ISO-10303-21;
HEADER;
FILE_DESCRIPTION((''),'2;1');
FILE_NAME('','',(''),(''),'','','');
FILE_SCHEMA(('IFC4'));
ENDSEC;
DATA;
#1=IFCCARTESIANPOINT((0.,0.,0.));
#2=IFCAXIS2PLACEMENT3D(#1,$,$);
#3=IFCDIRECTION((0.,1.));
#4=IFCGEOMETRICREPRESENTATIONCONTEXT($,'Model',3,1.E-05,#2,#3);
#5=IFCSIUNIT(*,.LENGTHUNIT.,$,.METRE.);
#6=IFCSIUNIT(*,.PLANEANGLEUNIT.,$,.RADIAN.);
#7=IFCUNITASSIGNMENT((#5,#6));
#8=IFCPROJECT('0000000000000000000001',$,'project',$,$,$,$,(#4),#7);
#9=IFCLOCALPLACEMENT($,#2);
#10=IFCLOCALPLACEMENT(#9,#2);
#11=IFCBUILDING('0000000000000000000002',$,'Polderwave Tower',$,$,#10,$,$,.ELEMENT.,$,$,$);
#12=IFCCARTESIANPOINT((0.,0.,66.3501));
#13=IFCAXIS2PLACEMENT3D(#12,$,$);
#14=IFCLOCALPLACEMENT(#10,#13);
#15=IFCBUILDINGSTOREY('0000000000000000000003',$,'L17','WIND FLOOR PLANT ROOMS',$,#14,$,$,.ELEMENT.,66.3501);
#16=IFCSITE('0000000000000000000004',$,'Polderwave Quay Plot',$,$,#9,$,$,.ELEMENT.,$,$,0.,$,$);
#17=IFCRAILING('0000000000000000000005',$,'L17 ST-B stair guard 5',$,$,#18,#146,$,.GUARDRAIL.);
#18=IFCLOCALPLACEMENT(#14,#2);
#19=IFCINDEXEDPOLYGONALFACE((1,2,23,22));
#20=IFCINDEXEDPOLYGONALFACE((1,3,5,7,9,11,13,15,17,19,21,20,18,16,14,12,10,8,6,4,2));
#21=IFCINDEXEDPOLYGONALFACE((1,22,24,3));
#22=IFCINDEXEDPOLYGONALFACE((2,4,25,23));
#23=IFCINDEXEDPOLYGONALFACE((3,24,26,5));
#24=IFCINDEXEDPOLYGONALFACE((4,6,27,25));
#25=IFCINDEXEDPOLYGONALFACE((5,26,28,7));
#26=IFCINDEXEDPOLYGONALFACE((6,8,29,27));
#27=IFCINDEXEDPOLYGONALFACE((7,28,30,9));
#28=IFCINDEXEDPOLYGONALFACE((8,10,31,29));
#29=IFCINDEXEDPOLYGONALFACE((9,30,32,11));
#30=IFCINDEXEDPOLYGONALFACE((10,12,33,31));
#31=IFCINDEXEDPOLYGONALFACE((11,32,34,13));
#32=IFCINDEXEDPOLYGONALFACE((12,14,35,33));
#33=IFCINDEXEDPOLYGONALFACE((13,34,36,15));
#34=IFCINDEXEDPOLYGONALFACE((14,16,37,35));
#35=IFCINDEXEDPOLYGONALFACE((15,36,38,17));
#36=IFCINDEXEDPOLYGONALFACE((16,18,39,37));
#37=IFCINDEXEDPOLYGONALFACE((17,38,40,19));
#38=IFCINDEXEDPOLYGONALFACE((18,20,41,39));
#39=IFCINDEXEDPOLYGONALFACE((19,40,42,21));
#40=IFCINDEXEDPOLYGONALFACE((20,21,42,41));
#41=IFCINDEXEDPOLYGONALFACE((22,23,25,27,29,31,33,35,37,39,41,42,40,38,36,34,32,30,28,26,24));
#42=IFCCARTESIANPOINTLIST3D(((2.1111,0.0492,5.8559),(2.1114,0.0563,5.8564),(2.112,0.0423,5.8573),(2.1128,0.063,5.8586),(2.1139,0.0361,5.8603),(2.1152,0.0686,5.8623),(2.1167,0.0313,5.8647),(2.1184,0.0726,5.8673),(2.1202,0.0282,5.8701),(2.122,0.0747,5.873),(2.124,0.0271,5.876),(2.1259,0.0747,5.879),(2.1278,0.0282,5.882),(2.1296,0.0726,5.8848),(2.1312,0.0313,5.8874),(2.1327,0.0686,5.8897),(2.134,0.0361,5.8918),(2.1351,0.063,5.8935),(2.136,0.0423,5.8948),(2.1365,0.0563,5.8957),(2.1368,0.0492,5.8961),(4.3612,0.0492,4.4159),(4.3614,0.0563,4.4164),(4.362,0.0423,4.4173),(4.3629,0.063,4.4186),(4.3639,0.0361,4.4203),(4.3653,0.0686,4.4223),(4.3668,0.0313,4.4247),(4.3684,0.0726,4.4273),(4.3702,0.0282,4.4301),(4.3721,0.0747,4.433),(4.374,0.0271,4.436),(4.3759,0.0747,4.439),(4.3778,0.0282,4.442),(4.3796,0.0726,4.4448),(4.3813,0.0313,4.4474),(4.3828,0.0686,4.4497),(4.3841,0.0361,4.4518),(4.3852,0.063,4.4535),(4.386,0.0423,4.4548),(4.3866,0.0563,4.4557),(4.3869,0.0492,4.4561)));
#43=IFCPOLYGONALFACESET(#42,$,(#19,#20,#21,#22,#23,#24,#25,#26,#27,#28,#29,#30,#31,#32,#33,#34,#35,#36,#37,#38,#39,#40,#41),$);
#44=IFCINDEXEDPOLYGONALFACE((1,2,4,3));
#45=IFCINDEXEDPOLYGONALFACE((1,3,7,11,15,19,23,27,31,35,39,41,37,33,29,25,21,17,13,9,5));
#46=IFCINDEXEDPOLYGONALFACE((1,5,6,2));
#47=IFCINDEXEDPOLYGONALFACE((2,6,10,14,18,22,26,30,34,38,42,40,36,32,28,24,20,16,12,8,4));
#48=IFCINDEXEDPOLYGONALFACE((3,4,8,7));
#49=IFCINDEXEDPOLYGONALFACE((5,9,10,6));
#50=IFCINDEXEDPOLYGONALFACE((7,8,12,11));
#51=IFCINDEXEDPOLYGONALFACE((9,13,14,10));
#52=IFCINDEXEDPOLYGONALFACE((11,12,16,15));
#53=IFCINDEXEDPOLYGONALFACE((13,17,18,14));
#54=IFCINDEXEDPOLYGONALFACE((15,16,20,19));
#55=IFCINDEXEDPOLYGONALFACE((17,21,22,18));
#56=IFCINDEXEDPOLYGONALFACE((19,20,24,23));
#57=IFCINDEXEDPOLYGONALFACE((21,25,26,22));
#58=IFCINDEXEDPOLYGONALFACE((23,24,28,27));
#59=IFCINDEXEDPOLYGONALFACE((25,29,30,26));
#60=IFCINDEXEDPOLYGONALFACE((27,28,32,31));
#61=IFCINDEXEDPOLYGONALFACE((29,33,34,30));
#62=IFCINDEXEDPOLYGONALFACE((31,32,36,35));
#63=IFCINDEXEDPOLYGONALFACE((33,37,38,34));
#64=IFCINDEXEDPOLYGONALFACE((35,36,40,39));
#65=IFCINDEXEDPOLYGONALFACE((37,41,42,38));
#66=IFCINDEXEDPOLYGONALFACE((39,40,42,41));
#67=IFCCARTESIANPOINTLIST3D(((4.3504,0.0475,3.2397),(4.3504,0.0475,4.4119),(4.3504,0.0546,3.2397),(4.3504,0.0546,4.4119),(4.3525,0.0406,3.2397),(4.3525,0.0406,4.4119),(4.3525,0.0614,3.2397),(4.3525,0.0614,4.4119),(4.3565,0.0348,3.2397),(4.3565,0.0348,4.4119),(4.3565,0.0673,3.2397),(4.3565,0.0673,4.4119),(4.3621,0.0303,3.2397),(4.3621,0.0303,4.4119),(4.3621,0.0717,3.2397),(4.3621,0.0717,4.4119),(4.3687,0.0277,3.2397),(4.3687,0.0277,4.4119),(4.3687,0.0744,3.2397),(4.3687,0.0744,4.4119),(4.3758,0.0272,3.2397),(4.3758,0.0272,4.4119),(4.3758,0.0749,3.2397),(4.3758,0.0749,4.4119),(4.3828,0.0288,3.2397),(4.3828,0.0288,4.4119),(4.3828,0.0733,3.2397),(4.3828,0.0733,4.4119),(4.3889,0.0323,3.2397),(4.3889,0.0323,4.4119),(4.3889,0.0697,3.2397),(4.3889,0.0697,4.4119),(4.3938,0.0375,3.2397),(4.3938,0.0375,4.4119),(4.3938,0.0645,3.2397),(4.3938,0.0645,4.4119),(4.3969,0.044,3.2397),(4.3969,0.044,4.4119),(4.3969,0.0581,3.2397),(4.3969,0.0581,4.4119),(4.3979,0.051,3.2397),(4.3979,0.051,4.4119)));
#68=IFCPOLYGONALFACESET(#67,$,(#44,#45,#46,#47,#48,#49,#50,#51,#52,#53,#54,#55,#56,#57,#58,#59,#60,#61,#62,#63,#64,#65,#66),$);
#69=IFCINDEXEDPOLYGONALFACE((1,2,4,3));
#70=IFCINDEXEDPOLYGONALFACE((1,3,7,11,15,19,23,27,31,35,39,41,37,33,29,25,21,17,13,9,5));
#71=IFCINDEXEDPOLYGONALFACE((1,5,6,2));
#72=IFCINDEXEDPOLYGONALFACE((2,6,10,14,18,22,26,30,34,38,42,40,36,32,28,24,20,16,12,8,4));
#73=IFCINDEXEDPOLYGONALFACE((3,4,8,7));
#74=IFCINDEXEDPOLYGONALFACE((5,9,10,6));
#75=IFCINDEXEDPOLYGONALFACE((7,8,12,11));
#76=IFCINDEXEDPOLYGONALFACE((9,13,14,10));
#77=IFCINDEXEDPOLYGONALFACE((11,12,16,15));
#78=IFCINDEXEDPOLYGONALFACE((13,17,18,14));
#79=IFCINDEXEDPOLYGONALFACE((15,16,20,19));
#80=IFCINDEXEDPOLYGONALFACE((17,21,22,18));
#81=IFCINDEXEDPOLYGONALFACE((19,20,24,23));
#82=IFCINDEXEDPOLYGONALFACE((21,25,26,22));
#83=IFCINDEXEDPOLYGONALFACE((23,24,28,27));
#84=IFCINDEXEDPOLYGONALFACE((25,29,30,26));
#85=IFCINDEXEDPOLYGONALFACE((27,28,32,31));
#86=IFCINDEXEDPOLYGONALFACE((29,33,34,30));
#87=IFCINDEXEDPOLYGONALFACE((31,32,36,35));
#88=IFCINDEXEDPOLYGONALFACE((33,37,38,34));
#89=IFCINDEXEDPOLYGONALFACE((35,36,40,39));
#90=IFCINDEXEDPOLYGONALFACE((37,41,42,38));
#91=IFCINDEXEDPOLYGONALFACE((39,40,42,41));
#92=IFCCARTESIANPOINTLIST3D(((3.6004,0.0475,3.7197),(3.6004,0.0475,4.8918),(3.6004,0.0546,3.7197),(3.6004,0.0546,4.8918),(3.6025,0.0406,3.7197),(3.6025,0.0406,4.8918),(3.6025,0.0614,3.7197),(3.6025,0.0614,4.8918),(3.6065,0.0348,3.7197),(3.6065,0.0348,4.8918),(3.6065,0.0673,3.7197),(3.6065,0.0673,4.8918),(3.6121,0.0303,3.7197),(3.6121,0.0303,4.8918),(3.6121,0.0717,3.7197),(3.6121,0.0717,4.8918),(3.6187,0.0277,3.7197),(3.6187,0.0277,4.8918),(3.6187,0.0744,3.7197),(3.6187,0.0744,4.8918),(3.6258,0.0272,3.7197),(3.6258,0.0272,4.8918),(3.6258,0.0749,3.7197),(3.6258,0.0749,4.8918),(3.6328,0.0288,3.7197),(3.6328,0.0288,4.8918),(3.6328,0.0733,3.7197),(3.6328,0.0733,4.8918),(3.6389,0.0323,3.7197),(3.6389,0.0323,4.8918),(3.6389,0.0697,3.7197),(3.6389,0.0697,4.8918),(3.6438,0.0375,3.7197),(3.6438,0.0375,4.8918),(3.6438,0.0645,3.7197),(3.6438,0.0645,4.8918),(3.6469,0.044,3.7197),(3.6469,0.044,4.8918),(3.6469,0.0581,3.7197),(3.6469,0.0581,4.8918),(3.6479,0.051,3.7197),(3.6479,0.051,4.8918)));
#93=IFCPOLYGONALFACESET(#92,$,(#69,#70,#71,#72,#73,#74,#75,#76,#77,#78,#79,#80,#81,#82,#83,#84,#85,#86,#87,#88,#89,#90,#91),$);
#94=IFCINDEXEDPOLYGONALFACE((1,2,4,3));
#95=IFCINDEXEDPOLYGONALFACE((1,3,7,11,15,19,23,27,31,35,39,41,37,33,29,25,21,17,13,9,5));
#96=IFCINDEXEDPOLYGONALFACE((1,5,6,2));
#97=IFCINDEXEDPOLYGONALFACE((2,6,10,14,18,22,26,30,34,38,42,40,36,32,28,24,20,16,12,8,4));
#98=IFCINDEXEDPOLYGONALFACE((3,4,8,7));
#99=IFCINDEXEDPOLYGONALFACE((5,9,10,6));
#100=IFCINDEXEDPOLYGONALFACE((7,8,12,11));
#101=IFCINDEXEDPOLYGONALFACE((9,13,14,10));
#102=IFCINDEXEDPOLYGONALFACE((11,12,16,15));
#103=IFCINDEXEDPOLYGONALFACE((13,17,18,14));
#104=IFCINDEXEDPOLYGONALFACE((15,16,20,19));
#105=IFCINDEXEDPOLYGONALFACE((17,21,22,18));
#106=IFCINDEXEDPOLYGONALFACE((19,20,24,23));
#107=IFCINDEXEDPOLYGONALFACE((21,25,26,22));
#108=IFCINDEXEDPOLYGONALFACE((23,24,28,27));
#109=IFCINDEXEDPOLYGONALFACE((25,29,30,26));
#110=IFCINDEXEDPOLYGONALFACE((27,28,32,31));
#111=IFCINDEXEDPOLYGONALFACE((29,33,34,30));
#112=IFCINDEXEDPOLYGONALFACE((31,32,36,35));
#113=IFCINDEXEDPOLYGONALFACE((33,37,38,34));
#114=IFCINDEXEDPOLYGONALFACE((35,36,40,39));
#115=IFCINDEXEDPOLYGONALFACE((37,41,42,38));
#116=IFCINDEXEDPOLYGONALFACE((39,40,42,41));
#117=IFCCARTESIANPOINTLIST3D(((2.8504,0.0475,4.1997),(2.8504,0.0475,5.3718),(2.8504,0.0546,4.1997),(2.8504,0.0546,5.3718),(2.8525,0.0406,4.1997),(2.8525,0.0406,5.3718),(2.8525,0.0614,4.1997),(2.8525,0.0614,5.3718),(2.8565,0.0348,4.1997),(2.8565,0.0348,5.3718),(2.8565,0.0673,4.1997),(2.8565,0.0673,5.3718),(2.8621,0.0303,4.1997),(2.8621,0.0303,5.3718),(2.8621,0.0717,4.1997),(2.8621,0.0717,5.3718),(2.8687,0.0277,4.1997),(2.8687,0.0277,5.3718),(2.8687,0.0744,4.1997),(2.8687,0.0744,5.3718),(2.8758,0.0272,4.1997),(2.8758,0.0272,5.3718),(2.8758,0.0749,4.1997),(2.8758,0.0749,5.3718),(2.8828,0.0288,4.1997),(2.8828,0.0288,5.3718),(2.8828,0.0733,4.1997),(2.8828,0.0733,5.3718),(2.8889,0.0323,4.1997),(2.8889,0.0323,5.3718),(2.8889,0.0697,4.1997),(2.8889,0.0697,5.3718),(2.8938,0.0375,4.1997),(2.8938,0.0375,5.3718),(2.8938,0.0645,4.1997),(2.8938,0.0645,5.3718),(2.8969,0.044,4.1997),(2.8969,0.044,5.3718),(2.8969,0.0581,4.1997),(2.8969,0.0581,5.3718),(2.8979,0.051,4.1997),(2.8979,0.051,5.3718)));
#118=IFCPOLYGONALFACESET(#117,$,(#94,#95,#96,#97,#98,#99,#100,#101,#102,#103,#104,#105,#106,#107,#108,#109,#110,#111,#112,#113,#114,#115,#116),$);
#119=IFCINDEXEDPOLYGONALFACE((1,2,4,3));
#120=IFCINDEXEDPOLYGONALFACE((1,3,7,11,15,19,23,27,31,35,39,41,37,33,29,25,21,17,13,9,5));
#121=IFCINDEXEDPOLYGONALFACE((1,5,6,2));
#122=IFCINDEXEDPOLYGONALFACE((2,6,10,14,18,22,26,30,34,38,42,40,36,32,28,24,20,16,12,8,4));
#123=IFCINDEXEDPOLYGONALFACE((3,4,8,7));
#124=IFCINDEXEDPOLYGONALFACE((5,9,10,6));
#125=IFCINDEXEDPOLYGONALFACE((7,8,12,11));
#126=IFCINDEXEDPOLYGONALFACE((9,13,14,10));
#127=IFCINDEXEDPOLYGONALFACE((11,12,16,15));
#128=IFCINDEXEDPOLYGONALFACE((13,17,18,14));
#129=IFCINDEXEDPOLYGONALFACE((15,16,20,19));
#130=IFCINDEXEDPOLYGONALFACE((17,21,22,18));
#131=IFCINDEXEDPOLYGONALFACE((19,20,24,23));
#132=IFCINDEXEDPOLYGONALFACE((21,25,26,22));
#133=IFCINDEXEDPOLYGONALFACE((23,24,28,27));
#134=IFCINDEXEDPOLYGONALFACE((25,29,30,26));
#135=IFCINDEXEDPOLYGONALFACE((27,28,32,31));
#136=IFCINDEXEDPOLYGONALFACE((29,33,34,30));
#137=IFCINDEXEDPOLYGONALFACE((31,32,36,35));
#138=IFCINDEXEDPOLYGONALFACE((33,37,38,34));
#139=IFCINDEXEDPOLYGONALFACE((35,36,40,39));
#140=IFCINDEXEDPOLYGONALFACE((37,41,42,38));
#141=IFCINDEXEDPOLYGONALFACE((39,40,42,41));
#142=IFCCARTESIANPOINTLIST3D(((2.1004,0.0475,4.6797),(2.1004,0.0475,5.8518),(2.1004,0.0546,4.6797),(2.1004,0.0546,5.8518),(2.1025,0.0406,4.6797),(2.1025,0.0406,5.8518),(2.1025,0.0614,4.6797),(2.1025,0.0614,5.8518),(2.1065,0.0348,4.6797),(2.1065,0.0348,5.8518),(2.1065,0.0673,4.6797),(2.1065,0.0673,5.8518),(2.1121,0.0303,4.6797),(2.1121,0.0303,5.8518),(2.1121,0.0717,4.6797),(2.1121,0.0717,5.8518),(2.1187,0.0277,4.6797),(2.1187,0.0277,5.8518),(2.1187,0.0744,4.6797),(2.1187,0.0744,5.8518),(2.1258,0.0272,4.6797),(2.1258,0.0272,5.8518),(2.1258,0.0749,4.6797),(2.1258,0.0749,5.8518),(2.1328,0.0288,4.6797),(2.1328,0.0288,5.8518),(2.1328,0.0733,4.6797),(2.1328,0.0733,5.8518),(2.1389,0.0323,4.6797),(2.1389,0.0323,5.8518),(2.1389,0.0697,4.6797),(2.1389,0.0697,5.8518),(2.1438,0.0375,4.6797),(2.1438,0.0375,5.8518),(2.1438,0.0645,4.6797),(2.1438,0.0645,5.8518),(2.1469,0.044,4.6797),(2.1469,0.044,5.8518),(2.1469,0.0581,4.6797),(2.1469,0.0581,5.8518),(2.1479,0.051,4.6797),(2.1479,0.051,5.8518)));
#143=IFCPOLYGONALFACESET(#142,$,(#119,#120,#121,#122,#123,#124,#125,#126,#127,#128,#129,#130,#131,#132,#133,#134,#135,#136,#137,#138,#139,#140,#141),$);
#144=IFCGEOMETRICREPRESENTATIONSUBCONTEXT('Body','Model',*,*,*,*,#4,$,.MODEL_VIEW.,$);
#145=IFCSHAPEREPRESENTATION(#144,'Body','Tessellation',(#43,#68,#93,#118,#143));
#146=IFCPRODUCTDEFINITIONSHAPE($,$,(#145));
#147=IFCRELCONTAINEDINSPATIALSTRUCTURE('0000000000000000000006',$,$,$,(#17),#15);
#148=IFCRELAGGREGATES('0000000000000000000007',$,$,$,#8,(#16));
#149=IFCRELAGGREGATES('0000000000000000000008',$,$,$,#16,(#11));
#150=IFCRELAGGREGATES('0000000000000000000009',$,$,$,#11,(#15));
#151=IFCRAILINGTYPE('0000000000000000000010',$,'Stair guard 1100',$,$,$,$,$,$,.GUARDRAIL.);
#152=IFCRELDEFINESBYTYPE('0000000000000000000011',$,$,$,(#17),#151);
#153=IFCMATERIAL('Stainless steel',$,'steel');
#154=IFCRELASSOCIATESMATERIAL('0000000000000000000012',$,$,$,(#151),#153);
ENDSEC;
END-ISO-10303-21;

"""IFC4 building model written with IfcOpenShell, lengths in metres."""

from ifc_helpers import new_model, si_unit, direction, frame, origin, origin_2d, place, context, subcontext, project, spatial, circle, extrude, material, type_object, element, save


model = new_model("IFC4")

# Units and contexts
model_context = context("Model", 3, precision=1e-05, world=origin(), true_north=direction((0.0, 1.0)))
body_context = subcontext(model_context, "Body", "Model", "MODEL_VIEW")
ifc_project = project(units=[si_unit("LENGTHUNIT", "METRE"), si_unit("PLANEANGLEUNIT", "RADIAN")], contexts=[model_context])

# Site, building, storey
site_placement = place(None, origin())
site = spatial("IfcSite", under=ifc_project, at=site_placement, Name="Polderwave Quay Plot", CompositionType="ELEMENT", RefElevation=0.0)
building_placement = place(site_placement, origin())
building = spatial("IfcBuilding", under=site, at=building_placement, Name="Polderwave Tower", CompositionType="ELEMENT")
storey_placement = place(building_placement, frame((0.0, 0.0, 66.3501)))
storey = spatial("IfcBuildingStorey", under=building, at=storey_placement, Name="L17", Description="WIND FLOOR PLANT ROOMS", CompositionType="ELEMENT", Elevation=66.3501)

# Railing
ifc_material_1 = material(Name="Stainless steel", Category="steel")
railing_type_1 = type_object("IfcRailingType", Name="Stair guard 1100", PredefinedType="GUARDRAIL", material=ifc_material_1)
railing_1_placement = place(storey_placement, frame((4.374, 0.051, 3.2397)))
element("IfcRailing", 1, at=railing_1_placement, inside=storey, type_object=railing_type_1, Name="L17 ST-B stair guard 5", PredefinedType="GUARDRAIL", context=body_context, shape_type="SweptSolid", body=[
    extrude(circle(Radius=0.0239, at=origin_2d()), frame((0.0, 0.0, 1.1963), z_axis=(-0.842281, 0.0, 0.539038), x_axis=(0.0, -1.0, 0.0)), (0.0, 0.0, 1.0), 2.6714),
    extrude(circle(Radius=0.0239, at=origin_2d()), origin(), (0.0, 0.0, 1.0), 1.1721),
    extrude(circle(Radius=0.0239, at=origin_2d()), frame((-0.75, 0.0, 0.48)), (0.0, 0.0, 1.0), 1.1721),
    extrude(circle(Radius=0.0239, at=origin_2d()), frame((-1.5, 0.0, 0.96)), (0.0, 0.0, 1.0), 1.1721),
    extrude(circle(Radius=0.0239, at=origin_2d()), frame((-2.25, 0.0, 1.4399)), (0.0, 0.0, 1.0), 1.1721),
])

save(model, "model.ifc")
